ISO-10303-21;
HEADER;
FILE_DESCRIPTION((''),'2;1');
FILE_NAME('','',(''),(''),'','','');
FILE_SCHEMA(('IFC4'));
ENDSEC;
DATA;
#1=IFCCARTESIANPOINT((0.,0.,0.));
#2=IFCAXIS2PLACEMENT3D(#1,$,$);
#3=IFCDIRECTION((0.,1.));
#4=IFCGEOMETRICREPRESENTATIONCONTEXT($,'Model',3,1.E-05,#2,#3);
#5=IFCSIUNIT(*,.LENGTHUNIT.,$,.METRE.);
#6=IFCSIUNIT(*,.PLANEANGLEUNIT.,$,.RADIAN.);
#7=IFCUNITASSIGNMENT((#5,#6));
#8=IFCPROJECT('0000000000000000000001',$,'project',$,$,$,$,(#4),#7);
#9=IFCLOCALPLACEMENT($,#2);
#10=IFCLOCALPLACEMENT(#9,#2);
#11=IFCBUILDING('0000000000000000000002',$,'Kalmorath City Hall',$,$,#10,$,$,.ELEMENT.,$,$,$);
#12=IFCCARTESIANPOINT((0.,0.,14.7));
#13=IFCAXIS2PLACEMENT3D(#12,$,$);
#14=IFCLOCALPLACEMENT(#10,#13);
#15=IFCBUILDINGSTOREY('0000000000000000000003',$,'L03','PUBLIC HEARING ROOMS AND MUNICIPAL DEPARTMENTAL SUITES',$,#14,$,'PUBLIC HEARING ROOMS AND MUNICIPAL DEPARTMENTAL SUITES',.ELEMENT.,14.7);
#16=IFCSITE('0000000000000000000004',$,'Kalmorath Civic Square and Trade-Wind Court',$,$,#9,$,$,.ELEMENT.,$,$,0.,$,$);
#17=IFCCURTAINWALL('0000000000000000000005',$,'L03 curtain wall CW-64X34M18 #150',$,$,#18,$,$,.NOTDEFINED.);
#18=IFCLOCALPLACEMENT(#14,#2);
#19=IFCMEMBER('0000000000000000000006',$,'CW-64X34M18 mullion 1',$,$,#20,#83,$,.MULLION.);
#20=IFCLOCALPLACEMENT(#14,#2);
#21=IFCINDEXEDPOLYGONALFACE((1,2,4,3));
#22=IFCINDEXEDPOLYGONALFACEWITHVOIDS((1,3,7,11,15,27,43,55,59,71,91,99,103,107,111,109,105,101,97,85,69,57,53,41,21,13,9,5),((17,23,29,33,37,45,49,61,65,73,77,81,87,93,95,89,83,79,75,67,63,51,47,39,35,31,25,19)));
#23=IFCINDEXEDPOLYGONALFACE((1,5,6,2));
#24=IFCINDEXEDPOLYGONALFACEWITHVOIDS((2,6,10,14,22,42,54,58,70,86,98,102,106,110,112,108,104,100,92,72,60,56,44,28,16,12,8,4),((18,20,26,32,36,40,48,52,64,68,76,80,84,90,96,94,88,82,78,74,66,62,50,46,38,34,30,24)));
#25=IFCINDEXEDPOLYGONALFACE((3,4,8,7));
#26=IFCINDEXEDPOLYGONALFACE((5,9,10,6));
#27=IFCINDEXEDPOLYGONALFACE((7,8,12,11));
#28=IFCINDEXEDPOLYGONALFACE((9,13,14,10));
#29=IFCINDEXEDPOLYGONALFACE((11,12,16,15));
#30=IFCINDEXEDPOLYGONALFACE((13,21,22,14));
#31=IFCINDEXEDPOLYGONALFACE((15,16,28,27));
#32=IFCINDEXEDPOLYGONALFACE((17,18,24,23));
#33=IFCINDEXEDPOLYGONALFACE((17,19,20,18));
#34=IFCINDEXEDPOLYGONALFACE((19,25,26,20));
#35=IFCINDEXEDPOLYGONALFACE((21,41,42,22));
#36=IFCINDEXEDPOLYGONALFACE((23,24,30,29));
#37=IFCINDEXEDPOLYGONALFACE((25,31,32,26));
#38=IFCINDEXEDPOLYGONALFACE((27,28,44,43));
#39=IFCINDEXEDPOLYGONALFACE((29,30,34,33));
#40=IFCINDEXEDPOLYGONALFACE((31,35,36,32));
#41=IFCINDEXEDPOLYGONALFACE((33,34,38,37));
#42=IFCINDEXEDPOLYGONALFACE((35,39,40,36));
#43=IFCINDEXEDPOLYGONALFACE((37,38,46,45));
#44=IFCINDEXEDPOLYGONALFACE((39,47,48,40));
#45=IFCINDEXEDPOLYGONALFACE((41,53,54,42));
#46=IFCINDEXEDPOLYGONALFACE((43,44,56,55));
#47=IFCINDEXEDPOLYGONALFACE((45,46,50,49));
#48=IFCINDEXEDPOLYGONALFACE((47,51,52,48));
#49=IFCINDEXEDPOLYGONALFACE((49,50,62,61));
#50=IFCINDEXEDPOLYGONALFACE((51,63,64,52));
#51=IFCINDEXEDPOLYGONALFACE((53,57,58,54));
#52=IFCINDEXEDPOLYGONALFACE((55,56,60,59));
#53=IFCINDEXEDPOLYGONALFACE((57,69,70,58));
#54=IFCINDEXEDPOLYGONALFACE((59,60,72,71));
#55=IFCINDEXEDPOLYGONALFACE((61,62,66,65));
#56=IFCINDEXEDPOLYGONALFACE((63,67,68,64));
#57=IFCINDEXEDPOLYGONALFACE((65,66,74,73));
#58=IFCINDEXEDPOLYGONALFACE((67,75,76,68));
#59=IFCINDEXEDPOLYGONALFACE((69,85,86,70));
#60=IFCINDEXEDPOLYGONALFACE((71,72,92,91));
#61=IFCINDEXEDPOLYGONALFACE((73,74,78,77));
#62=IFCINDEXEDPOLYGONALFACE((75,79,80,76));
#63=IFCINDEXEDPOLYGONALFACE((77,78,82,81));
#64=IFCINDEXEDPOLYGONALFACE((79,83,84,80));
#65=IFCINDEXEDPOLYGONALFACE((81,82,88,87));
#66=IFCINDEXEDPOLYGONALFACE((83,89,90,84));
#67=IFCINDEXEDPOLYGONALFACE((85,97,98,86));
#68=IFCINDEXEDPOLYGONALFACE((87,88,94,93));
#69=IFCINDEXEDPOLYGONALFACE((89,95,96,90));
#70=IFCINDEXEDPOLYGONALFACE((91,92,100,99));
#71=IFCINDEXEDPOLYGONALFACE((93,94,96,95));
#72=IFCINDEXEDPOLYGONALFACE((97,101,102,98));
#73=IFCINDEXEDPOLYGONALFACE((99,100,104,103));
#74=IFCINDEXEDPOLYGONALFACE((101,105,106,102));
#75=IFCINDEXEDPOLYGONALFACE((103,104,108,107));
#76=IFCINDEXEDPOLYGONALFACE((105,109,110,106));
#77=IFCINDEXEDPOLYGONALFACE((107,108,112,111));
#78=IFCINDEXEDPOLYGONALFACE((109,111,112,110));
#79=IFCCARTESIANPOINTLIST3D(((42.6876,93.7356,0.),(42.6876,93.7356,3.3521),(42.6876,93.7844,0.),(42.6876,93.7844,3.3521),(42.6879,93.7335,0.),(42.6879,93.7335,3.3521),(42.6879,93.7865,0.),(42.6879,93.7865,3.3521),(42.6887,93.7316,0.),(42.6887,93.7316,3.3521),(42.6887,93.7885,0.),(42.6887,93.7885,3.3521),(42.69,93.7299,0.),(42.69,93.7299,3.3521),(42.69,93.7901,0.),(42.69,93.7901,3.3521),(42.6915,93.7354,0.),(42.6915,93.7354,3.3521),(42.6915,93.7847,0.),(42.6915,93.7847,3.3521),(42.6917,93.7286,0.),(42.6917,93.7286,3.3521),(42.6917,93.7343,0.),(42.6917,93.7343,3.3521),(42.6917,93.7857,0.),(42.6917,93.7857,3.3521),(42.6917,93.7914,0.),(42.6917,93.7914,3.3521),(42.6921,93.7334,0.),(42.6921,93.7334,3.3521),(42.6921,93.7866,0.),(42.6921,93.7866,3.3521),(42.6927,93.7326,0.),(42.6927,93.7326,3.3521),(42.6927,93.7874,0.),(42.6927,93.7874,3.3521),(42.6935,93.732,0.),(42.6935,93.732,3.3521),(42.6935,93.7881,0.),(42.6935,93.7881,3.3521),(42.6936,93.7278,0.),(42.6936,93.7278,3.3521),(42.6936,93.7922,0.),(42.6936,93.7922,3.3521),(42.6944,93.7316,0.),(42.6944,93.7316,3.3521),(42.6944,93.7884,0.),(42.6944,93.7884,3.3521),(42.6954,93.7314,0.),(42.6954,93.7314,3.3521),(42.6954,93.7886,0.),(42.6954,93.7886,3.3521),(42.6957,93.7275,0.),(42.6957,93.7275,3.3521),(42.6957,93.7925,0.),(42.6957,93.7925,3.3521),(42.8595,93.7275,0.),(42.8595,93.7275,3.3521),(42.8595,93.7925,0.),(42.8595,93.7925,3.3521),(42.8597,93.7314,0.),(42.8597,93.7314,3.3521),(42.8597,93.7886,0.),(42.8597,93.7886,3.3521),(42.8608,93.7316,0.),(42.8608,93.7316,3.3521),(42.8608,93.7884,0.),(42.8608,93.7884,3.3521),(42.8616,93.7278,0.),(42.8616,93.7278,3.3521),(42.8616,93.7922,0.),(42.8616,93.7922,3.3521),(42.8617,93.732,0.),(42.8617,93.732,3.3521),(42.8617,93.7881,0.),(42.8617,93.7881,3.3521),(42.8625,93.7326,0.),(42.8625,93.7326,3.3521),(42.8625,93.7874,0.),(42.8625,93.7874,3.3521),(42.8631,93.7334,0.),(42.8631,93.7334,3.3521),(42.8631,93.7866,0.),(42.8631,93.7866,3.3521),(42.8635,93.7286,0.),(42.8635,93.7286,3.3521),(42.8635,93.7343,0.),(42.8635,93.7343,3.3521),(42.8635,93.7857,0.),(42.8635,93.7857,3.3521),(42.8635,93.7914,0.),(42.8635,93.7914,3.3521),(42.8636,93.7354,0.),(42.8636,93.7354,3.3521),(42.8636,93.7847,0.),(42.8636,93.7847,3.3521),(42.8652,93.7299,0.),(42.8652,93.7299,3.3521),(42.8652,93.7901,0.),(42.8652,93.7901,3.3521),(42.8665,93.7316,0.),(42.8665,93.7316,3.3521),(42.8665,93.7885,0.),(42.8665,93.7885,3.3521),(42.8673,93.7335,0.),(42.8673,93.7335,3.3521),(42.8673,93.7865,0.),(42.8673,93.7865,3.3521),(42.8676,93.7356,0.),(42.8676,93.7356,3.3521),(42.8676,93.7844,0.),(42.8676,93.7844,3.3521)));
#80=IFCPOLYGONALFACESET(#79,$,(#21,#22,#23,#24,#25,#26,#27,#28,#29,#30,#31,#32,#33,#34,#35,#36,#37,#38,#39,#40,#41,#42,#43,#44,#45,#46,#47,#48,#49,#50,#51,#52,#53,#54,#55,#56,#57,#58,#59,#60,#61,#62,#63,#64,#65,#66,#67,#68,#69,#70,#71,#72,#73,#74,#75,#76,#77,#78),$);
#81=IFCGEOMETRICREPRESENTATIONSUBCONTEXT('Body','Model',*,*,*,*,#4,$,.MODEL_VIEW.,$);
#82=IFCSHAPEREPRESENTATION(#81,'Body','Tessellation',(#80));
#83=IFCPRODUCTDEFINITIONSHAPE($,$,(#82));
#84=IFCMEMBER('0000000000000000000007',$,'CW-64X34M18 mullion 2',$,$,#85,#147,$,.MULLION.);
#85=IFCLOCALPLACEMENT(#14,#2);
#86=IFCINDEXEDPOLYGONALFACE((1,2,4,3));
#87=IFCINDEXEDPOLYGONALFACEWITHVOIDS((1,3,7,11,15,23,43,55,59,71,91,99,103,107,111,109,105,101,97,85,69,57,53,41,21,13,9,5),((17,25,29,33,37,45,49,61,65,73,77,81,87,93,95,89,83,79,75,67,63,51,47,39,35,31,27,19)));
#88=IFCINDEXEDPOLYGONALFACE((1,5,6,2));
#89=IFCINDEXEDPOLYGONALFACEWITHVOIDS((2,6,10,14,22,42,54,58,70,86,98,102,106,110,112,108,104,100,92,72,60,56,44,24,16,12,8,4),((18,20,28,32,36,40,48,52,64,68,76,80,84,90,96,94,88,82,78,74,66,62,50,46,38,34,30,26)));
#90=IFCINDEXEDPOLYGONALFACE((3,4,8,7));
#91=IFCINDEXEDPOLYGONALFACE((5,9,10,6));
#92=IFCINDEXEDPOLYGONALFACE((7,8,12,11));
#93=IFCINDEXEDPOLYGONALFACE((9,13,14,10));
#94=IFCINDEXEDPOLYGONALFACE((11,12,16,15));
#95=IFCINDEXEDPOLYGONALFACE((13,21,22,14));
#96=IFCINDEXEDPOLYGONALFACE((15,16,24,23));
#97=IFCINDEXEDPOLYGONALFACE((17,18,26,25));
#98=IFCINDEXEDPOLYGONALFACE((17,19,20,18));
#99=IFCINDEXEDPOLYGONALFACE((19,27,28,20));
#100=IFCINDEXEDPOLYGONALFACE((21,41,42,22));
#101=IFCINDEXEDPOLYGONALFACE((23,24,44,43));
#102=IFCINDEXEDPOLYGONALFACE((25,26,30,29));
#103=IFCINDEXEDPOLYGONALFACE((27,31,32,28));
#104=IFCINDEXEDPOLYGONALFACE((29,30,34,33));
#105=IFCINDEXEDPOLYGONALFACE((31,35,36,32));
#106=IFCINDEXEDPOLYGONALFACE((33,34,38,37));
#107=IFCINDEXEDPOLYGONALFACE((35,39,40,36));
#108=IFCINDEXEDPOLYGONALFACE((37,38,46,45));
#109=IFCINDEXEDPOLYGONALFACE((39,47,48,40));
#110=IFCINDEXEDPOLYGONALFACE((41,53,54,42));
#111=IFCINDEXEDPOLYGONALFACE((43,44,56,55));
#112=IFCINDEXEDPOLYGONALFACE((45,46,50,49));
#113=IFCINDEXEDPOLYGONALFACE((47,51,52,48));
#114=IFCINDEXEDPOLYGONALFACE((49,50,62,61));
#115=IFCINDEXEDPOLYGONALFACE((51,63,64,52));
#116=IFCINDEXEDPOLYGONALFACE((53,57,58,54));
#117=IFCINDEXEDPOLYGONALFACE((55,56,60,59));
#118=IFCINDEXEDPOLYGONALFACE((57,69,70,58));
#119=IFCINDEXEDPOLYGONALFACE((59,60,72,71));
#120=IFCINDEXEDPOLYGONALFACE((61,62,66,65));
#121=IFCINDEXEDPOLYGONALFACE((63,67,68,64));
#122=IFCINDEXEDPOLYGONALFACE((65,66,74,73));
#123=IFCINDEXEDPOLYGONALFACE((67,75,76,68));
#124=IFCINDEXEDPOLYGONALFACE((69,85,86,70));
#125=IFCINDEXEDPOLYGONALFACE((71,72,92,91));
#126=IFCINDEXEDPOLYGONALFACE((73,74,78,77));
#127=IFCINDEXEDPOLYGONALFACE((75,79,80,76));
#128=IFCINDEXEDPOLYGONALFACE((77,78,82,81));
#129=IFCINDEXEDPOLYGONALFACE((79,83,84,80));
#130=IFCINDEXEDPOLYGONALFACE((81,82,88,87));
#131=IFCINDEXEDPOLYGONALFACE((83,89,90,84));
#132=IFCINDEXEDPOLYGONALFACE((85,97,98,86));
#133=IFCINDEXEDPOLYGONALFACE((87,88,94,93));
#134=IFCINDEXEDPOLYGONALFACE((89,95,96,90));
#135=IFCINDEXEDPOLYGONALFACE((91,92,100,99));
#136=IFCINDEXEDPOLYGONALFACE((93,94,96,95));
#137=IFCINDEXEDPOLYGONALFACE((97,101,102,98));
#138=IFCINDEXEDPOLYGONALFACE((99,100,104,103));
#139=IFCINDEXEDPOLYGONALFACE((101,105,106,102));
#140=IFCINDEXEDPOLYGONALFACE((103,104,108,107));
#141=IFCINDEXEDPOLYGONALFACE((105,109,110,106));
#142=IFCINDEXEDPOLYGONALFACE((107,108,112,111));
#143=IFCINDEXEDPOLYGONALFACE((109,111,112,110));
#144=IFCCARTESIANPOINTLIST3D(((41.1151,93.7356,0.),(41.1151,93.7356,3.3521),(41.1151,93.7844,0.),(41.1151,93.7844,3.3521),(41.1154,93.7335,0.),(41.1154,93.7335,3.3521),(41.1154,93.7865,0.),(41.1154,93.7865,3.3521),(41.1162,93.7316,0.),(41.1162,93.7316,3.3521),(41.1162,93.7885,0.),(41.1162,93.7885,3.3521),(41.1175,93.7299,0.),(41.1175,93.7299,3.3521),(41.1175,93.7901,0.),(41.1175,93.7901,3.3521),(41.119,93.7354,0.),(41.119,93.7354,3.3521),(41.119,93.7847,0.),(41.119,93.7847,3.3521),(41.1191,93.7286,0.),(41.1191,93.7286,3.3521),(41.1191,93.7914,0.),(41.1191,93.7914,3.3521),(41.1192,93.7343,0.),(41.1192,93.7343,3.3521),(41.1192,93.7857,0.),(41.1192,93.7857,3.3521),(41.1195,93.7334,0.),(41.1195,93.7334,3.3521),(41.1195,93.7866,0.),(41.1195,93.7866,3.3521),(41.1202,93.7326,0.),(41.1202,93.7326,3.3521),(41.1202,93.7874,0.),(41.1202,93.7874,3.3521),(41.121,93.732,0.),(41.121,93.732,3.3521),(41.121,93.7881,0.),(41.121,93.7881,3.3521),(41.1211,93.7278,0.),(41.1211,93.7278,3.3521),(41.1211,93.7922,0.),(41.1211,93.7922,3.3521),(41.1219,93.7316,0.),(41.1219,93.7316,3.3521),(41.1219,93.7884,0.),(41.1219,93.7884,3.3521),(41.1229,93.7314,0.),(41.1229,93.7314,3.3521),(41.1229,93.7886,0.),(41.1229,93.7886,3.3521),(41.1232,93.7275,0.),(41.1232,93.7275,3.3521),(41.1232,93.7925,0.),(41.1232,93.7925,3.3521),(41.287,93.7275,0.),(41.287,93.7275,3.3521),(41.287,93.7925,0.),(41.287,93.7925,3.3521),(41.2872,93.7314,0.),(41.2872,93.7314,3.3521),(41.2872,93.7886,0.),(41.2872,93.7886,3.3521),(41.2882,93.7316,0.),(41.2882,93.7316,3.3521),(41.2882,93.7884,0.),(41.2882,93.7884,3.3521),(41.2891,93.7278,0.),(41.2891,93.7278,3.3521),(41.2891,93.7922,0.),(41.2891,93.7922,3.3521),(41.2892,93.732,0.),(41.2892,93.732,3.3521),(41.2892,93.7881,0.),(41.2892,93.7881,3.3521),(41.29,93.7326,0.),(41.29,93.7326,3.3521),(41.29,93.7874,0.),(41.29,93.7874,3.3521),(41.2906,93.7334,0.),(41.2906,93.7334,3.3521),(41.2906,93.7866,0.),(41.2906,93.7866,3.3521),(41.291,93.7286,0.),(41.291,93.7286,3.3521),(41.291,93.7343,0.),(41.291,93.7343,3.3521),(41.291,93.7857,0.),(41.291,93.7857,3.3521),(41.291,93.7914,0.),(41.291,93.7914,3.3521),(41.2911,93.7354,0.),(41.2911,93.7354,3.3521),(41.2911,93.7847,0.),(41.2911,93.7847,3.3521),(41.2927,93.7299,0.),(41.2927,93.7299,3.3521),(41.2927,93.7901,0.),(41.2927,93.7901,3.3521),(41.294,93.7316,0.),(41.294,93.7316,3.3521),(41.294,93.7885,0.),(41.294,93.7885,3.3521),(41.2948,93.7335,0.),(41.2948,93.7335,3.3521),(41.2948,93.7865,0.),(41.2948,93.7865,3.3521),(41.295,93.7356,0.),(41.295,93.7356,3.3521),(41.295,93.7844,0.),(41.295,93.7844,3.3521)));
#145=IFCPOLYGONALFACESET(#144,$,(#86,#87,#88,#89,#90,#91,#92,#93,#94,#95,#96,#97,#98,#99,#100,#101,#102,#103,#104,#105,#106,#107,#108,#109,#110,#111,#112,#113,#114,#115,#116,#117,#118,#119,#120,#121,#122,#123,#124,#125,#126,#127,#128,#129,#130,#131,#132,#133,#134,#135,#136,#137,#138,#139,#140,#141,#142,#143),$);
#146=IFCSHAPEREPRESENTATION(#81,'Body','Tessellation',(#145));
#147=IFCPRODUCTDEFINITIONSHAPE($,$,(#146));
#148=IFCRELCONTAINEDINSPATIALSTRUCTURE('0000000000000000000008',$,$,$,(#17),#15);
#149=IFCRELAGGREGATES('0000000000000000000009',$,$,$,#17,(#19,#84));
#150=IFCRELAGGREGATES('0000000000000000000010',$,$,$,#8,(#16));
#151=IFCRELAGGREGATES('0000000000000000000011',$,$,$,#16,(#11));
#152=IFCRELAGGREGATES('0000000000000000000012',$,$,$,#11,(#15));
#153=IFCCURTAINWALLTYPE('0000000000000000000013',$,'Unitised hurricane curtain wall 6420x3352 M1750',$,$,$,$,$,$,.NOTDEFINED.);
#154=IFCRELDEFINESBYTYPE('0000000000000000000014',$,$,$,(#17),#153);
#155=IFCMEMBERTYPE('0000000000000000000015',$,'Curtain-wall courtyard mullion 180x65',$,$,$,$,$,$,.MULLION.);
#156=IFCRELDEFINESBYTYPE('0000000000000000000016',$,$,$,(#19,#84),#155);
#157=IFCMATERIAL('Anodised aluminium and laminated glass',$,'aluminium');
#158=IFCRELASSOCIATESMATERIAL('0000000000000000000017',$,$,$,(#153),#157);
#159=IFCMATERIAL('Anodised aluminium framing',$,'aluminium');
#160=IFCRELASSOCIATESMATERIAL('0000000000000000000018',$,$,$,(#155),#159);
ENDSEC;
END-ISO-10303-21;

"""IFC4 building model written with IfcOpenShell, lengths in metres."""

from ifc_helpers import new_model, si_unit, direction, frame, origin, origin_2d, place, context, subcontext, project, spatial, hollow_rectangle, extrude, material, material_profile, profile_set, type_object, element, aggregate, save


model = new_model("IFC4")

# Units and contexts
model_context = context("Model", 3, precision=1e-05, world=origin(), true_north=direction((0.0, 1.0)))
body_context = subcontext(model_context, "Body", "Model", "MODEL_VIEW")
ifc_project = project(units=[si_unit("LENGTHUNIT", "METRE"), si_unit("PLANEANGLEUNIT", "RADIAN")], contexts=[model_context])

# Site, building, storey
site_placement = place(None, origin())
site = spatial("IfcSite", under=ifc_project, at=site_placement, Name="Kalmorath Civic Square and Trade-Wind Court", CompositionType="ELEMENT", RefElevation=0.0)
building_placement = place(site_placement, origin())
building = spatial("IfcBuilding", under=site, at=building_placement, Name="Kalmorath City Hall", CompositionType="ELEMENT")
storey_placement = place(building_placement, frame((0.0, 0.0, 14.7)))
storey = spatial("IfcBuildingStorey", under=building, at=storey_placement, Name="L03", Description="PUBLIC HEARING ROOMS AND MUNICIPAL DEPARTMENTAL SUITES", LongName="PUBLIC HEARING ROOMS AND MUNICIPAL DEPARTMENTAL SUITES", CompositionType="ELEMENT", Elevation=14.7)

# Curtain wall, members
ifc_material_1 = material(Name="Anodised aluminium and laminated glass", Category="aluminium")
curtain_wall_type = type_object("IfcCurtainWallType", Name="Unitised hurricane curtain wall 6420x3352 M1750", PredefinedType="NOTDEFINED", material=ifc_material_1)
curtain_wall_placement = place(storey_placement, origin())
curtain_wall = element("IfcCurtainWall", 1, at=curtain_wall_placement, inside=storey, type_object=curtain_wall_type, Name="L03 curtain wall CW-64X34M18 #150", PredefinedType="NOTDEFINED")
ifc_material_2 = material(Name="Anodised aluminium framing", Category="aluminium")
ifc_material_profile_1 = material_profile(ifc_material_2, hollow_rectangle(XDim=0.0649, YDim=0.1799, WallThickness=0.0039, InnerFilletRadius=0.0039, OuterFilletRadius=0.0081, at=origin_2d()), Name="ALU-MUL-180X65X4")
ifc_profile_set_1 = profile_set([ifc_material_profile_1], Name="Anodised aluminium framing")
member_type_1 = type_object("IfcMemberType", Name="Curtain-wall courtyard mullion 180x65", PredefinedType="MULLION", material=ifc_profile_set_1)
member_1_placement = place(storey_placement, frame((42.7776, 93.76, 0.0), z_axis=(0.0, 0.0, 1.0), x_axis=(0.0, -1.0, 0.0)))
member_1 = element("IfcMember", 2, at=member_1_placement, type_object=member_type_1, Name="CW-64X34M18 mullion 1", PredefinedType="MULLION", context=body_context, shape_type="SweptSolid", body=[
    extrude(hollow_rectangle(XDim=0.0649, YDim=0.1799, WallThickness=0.0039, InnerFilletRadius=0.0039, OuterFilletRadius=0.0081, at=origin_2d()), origin(), (0.0, 0.0, 1.0), 3.3521),
])
member_2_placement = place(storey_placement, frame((41.2051, 93.76, 0.0), z_axis=(0.0, 0.0, 1.0), x_axis=(0.0, -1.0, 0.0)))
member_2 = element("IfcMember", 3, at=member_2_placement, type_object=member_type_1, Name="CW-64X34M18 mullion 2", PredefinedType="MULLION", context=body_context, shape_type="SweptSolid", body=[
    extrude(hollow_rectangle(XDim=0.0649, YDim=0.1799, WallThickness=0.0039, InnerFilletRadius=0.0039, OuterFilletRadius=0.0081, at=origin_2d()), origin(), (0.0, 0.0, 1.0), 3.3521),
])
aggregate(curtain_wall, [member_1, member_2])

save(model, "model.ifc")
